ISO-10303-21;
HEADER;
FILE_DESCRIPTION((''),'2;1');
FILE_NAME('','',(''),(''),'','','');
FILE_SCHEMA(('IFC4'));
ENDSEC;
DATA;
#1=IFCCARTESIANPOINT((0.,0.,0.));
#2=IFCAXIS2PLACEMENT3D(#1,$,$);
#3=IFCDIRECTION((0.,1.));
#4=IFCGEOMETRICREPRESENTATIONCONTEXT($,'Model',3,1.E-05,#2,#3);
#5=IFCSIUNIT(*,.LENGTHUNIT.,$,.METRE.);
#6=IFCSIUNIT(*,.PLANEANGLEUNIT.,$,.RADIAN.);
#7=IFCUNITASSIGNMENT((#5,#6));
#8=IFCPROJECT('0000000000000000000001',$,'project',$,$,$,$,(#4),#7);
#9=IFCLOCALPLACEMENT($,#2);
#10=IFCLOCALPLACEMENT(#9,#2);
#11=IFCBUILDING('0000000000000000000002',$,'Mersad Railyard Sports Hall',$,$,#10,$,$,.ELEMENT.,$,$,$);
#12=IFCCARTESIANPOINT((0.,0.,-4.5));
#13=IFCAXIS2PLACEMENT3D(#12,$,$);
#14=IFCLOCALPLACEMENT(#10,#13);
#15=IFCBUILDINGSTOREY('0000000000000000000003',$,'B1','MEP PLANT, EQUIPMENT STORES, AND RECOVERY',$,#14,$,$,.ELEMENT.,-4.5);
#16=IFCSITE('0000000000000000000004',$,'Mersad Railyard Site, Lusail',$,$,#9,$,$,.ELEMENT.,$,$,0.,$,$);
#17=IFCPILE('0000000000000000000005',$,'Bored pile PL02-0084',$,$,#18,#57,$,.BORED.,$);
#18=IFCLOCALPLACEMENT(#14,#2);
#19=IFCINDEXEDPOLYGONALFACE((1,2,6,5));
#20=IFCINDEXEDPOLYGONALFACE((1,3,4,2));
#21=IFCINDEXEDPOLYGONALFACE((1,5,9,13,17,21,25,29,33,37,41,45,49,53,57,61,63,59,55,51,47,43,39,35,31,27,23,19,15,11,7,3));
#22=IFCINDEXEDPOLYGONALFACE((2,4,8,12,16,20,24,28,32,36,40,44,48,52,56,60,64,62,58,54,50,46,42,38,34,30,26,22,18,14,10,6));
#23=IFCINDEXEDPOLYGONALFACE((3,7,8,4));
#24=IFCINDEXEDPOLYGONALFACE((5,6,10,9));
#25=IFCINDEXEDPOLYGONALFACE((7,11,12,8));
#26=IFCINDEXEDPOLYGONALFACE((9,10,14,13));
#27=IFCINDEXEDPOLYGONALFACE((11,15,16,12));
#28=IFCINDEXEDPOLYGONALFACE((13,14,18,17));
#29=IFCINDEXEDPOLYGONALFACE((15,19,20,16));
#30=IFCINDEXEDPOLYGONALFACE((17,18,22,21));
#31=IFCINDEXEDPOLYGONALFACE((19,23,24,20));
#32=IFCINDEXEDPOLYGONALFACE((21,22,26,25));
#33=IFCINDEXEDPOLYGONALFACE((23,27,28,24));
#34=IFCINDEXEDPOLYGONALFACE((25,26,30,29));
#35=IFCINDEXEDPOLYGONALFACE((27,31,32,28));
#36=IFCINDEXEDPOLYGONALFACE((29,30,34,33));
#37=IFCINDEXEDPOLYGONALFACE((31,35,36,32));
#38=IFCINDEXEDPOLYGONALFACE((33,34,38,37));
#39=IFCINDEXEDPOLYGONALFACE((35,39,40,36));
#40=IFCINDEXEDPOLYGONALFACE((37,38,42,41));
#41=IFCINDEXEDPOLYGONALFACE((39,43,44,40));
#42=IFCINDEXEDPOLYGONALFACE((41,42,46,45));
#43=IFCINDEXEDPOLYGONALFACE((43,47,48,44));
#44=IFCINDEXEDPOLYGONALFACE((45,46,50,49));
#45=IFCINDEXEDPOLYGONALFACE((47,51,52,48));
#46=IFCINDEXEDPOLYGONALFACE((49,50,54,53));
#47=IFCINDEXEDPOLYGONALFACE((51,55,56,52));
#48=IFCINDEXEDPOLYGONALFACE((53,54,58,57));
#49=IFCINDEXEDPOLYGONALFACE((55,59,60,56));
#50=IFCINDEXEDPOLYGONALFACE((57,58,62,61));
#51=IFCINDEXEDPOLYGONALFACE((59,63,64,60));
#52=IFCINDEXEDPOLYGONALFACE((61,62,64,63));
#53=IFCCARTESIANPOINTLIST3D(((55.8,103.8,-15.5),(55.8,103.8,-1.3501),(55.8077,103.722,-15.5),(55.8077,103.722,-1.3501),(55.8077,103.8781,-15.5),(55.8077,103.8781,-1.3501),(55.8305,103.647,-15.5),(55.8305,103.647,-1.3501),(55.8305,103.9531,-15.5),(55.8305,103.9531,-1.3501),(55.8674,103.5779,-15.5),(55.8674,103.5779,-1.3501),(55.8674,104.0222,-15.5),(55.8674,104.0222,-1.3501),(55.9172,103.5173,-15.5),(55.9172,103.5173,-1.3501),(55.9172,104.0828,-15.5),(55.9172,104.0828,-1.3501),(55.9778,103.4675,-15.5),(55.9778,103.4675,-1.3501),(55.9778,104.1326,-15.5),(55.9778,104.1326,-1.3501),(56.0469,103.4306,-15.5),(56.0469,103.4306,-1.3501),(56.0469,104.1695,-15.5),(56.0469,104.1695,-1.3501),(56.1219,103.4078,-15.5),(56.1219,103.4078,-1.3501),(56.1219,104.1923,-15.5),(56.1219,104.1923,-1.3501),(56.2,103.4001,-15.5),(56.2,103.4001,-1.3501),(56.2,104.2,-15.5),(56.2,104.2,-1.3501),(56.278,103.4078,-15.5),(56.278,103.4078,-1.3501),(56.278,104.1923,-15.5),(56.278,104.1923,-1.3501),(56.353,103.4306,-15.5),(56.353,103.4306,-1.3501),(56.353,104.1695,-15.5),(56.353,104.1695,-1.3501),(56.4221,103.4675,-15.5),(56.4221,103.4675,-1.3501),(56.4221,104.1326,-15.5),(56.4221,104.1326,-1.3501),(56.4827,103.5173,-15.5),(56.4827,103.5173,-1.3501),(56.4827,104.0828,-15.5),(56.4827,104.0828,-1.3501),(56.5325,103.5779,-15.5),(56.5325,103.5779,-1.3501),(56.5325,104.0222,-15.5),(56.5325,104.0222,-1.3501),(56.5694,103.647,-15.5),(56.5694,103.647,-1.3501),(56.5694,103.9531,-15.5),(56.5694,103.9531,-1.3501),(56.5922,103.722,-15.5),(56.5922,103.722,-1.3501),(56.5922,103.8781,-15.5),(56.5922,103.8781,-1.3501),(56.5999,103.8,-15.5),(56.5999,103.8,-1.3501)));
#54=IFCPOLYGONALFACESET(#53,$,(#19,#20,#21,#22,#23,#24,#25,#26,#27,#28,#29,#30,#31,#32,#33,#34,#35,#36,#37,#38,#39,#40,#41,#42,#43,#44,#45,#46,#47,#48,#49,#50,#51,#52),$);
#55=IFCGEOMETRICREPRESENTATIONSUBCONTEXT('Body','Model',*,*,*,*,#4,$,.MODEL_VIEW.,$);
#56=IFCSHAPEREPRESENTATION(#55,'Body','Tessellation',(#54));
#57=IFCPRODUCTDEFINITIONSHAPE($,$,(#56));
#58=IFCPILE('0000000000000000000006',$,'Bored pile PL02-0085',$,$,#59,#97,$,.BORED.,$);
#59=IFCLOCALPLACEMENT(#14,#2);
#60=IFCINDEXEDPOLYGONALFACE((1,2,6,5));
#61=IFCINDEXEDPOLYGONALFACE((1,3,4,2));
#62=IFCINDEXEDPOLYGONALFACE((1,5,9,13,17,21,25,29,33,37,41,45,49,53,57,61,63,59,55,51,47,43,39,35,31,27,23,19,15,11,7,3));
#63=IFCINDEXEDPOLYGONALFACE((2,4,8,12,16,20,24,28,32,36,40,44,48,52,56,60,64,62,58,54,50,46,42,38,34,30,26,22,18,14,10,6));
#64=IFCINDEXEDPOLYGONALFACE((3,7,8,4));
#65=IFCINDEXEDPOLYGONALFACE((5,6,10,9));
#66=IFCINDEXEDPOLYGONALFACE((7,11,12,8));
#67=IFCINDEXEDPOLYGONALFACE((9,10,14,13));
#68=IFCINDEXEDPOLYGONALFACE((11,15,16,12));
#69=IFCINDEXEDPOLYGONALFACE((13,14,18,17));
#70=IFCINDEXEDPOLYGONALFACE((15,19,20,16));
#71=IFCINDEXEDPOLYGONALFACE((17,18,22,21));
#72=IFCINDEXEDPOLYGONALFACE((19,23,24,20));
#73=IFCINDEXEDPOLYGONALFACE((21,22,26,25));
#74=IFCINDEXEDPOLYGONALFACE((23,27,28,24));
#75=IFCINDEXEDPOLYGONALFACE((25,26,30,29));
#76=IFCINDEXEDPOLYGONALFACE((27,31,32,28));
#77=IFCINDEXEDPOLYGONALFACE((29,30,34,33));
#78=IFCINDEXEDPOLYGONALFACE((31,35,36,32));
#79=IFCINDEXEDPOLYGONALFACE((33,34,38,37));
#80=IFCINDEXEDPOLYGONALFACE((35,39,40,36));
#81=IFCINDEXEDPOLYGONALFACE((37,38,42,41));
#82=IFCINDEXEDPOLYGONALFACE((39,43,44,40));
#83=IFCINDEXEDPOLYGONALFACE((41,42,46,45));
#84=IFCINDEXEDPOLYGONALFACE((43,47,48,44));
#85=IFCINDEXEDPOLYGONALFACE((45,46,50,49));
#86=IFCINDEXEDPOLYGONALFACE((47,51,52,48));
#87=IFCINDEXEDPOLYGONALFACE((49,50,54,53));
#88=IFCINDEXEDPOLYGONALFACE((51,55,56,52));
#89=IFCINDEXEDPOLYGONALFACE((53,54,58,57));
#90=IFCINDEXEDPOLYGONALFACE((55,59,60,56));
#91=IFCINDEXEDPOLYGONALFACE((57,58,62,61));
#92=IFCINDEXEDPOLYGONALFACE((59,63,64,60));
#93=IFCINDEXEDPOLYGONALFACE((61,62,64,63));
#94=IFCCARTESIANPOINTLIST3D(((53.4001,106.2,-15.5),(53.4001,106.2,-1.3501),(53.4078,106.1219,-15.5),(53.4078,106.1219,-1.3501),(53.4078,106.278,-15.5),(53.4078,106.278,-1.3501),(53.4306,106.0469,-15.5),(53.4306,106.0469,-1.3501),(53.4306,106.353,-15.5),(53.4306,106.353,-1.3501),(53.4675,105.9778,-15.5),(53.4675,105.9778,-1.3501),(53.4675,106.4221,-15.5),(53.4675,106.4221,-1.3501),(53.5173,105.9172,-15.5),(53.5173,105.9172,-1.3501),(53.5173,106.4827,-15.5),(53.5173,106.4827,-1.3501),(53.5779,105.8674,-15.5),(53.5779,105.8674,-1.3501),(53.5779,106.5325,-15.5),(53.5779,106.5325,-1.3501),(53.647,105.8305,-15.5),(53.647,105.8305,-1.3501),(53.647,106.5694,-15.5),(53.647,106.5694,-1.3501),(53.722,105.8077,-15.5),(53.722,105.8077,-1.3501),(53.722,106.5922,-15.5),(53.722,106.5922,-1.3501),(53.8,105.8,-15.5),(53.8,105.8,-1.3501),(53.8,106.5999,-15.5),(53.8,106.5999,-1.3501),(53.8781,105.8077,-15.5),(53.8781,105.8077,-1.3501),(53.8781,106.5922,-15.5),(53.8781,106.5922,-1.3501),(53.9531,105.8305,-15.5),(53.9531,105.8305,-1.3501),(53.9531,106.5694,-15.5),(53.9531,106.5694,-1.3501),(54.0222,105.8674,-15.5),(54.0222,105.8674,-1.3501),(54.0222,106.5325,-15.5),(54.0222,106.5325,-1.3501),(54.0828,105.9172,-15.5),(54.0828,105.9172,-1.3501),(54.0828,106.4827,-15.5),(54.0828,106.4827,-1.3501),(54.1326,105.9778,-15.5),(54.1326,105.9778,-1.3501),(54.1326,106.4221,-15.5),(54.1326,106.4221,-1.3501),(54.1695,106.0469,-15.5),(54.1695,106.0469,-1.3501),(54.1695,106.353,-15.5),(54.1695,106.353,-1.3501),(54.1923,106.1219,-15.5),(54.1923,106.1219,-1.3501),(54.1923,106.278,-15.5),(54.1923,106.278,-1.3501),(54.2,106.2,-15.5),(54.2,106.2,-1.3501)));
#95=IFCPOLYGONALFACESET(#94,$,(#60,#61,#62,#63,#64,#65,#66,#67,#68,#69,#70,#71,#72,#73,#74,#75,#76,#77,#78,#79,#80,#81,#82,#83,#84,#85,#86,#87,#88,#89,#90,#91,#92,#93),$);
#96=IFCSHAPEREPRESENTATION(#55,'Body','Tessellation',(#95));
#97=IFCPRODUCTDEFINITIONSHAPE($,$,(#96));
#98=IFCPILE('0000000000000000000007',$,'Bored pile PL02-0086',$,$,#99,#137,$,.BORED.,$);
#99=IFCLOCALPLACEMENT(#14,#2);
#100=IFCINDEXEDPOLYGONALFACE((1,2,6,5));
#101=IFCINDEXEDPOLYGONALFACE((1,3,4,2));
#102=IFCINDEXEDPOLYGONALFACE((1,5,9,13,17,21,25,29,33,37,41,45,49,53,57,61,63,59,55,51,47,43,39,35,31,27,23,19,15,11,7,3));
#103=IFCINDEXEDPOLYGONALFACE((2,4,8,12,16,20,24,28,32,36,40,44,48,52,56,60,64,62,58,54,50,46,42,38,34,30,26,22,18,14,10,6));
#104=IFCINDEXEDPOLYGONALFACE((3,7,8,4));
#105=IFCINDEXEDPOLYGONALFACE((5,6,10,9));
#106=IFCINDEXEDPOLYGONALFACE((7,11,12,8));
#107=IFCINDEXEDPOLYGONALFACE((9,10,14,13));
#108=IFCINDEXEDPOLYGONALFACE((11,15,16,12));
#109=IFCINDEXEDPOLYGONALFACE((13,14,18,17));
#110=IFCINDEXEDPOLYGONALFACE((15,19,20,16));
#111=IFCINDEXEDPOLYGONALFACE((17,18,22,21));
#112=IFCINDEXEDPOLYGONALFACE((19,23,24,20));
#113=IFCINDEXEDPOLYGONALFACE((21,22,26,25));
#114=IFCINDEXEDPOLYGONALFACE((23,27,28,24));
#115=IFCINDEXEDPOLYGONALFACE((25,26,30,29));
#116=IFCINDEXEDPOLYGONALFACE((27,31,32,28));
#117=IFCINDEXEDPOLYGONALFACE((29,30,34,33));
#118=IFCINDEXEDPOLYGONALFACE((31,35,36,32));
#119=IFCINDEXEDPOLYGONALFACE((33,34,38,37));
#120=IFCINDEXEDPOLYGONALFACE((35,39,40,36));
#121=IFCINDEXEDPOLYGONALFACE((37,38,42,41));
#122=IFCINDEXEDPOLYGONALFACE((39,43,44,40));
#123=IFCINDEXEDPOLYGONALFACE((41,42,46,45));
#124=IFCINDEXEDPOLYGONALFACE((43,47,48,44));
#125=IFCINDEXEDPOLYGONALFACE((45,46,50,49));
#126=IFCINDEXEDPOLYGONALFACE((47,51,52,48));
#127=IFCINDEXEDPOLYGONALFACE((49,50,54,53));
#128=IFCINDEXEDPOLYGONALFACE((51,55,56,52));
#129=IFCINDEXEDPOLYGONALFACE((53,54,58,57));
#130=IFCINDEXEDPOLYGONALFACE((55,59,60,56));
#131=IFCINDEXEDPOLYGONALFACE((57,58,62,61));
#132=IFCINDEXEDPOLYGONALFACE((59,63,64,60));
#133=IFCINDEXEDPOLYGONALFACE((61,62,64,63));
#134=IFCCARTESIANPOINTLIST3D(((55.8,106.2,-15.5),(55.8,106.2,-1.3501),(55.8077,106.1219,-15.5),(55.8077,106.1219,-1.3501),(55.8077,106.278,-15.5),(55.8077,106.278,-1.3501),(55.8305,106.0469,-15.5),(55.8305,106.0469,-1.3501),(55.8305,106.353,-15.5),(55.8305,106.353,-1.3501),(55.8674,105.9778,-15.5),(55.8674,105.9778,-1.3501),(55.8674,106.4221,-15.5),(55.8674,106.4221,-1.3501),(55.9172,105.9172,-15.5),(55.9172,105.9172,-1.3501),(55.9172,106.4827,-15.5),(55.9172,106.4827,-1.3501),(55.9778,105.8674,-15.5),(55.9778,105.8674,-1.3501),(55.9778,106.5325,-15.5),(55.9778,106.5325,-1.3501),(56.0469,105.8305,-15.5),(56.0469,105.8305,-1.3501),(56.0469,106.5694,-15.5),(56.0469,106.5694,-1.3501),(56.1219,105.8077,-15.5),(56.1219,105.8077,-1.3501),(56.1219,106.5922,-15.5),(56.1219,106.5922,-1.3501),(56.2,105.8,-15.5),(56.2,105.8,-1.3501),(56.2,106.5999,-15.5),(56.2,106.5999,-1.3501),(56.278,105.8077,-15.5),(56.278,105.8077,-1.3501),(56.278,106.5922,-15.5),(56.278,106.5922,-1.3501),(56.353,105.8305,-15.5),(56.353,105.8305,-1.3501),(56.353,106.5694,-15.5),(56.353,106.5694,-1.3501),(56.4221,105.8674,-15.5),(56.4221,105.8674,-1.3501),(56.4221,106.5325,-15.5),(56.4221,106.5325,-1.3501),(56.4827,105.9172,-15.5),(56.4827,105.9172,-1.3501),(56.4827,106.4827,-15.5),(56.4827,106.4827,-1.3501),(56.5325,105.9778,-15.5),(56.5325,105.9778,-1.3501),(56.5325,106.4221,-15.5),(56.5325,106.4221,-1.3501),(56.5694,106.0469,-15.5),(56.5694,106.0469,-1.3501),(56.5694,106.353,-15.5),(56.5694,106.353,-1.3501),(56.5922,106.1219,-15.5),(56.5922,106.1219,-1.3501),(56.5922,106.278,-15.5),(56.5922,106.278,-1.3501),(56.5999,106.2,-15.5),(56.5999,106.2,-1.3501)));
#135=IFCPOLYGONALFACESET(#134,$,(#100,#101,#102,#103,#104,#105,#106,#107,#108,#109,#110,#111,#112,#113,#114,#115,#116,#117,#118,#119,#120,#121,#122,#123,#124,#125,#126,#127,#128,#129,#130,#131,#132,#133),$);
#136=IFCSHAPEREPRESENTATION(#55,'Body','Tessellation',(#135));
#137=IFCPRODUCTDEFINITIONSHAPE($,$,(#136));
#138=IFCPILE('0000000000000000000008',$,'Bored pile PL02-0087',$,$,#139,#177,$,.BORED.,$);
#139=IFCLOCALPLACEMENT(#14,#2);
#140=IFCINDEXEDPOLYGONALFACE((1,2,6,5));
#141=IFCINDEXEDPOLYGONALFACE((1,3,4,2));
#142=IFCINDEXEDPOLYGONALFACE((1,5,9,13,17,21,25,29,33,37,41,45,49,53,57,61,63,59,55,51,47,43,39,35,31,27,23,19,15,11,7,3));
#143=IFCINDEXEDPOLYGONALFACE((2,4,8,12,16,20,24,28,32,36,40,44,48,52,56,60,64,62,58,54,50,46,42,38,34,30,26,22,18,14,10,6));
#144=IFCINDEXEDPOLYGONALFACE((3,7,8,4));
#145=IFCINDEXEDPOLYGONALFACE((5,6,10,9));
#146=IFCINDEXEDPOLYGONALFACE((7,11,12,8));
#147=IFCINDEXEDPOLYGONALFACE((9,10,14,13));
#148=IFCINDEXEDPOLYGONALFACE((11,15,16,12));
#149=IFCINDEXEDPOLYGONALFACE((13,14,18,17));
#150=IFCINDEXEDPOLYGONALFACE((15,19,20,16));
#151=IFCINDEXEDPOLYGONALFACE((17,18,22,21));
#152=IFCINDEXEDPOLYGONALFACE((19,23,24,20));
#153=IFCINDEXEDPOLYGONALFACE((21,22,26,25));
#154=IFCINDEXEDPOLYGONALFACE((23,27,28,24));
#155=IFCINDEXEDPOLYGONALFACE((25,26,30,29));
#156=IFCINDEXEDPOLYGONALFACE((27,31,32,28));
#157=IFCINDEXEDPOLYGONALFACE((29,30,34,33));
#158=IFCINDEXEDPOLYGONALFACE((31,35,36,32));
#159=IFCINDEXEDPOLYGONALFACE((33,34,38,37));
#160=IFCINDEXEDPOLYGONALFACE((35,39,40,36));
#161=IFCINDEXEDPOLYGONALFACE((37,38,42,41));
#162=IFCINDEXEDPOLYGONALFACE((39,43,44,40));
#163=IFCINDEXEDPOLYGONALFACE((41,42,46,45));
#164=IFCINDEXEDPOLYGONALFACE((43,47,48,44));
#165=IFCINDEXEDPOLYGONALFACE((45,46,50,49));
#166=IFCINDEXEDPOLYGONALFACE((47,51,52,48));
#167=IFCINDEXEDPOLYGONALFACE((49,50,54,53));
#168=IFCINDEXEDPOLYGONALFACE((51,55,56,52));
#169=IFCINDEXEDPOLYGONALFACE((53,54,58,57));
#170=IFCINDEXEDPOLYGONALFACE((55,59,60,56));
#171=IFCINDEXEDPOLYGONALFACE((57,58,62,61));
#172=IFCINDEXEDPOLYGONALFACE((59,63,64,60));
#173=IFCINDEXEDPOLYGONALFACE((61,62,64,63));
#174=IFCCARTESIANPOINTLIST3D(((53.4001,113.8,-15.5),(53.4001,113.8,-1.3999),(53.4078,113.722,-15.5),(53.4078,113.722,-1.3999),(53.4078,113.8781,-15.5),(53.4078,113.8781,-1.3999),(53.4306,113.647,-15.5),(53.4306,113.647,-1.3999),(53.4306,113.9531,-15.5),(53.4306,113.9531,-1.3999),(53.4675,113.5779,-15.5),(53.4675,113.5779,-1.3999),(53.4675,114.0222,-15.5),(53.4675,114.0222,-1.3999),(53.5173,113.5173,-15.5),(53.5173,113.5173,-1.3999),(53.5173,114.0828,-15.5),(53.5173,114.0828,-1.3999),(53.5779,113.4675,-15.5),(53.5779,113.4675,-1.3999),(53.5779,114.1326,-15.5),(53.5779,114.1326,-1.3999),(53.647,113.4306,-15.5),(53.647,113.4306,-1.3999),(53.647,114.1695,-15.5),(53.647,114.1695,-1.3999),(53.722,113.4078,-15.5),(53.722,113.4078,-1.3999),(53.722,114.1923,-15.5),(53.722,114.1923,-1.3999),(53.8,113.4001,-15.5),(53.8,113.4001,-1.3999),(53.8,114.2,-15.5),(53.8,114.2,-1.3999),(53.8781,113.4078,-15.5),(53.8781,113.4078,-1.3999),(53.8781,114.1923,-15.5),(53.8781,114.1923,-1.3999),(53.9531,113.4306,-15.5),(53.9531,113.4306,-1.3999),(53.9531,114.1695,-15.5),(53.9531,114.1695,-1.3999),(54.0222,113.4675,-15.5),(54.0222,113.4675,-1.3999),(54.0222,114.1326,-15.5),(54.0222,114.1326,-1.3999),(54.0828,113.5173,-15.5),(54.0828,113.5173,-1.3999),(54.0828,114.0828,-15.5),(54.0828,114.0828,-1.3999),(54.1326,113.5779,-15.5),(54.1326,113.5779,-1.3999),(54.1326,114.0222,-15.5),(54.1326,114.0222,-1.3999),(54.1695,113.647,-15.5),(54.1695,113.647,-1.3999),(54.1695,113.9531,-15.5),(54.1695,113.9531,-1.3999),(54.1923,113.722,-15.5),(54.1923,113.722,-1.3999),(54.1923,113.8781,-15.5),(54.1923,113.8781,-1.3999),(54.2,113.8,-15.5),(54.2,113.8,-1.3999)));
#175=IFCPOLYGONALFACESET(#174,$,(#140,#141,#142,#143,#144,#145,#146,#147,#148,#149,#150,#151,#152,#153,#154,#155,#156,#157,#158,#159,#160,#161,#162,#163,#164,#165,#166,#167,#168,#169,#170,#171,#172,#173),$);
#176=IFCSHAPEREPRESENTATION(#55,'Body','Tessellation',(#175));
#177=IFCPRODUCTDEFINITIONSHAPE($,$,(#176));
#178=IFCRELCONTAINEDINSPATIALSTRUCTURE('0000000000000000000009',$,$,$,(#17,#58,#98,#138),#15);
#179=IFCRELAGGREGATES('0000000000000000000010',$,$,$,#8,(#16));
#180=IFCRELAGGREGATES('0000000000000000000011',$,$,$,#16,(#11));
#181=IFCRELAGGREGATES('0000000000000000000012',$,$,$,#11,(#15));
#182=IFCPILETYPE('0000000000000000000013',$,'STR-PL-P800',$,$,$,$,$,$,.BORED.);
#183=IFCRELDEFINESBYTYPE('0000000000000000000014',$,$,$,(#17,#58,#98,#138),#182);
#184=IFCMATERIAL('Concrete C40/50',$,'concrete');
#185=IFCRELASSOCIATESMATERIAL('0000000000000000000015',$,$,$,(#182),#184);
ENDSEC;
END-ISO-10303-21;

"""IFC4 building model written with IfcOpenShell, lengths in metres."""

from ifc_helpers import new_model, si_unit, direction, frame, origin, origin_2d, place, context, subcontext, project, spatial, circle, extrude, material, material_profile, profile_set, type_object, element, save


model = new_model("IFC4")

# Units and contexts
model_context = context("Model", 3, precision=1e-05, world=origin(), true_north=direction((0.0, 1.0)))
body_context = subcontext(model_context, "Body", "Model", "MODEL_VIEW")
ifc_project = project(units=[si_unit("LENGTHUNIT", "METRE"), si_unit("PLANEANGLEUNIT", "RADIAN")], contexts=[model_context])

# Site, building, storey
site_placement = place(None, origin())
site = spatial("IfcSite", under=ifc_project, at=site_placement, Name="Mersad Railyard Site, Lusail", CompositionType="ELEMENT", RefElevation=0.0)
building_placement = place(site_placement, origin())
building = spatial("IfcBuilding", under=site, at=building_placement, Name="Mersad Railyard Sports Hall", CompositionType="ELEMENT")
storey_placement = place(building_placement, frame((0.0, 0.0, -4.5)))
storey = spatial("IfcBuildingStorey", under=building, at=storey_placement, Name="B1", Description="MEP PLANT, EQUIPMENT STORES, AND RECOVERY", CompositionType="ELEMENT", Elevation=-4.5)

# Shared definitions
ifc_material_1 = material(Name="Concrete C40/50", Category="concrete")

# Piles
ifc_material_profile_1 = material_profile(ifc_material_1, circle(Radius=0.3999, at=origin_2d()), Name="BORED PILE D800")
ifc_profile_set_1 = profile_set([ifc_material_profile_1], Name="Concrete C40/50")
pile_type_1 = type_object("IfcPileType", Name="STR-PL-P800", PredefinedType="BORED", material=ifc_profile_set_1)
for number, where, z_axis, x_axis, name in (
    (1, (56.2, 103.8, -1.3501), (0.0, 0.0, -1.0), (1.0, 0.0, 0.0), "Bored pile PL02-0084"),
    (2, (53.8, 106.2, -1.3501), (0.0, 0.0, -1.0), (1.0, 0.0, 0.0), "Bored pile PL02-0085"),
    (3, (56.2, 106.2, -1.3501), (0.0, 0.0, -1.0), (1.0, 0.0, 0.0), "Bored pile PL02-0086"),
):
    element("IfcPile", number, at=place(storey_placement, frame(where, z_axis=z_axis, x_axis=x_axis)), inside=storey, type_object=pile_type_1, Name=name, PredefinedType="BORED", context=body_context, shape_type="SweptSolid", body=[
        extrude(circle(Radius=0.3999, at=origin_2d()), origin(), (0.0, 0.0, 1.0), 14.1499),
    ])
for number, where, z_axis, x_axis, name in (
    (4, (53.8, 113.8, -1.3999), (0.0, 0.0, -1.0), (1.0, 0.0, 0.0), "Bored pile PL02-0087"),
):
    element("IfcPile", number, at=place(storey_placement, frame(where, z_axis=z_axis, x_axis=x_axis)), inside=storey, type_object=pile_type_1, Name=name, PredefinedType="BORED", context=body_context, shape_type="SweptSolid", body=[
        extrude(circle(Radius=0.3999, at=origin_2d()), origin(), (0.0, 0.0, 1.0), 14.1001),
    ])

save(model, "model.ifc")
